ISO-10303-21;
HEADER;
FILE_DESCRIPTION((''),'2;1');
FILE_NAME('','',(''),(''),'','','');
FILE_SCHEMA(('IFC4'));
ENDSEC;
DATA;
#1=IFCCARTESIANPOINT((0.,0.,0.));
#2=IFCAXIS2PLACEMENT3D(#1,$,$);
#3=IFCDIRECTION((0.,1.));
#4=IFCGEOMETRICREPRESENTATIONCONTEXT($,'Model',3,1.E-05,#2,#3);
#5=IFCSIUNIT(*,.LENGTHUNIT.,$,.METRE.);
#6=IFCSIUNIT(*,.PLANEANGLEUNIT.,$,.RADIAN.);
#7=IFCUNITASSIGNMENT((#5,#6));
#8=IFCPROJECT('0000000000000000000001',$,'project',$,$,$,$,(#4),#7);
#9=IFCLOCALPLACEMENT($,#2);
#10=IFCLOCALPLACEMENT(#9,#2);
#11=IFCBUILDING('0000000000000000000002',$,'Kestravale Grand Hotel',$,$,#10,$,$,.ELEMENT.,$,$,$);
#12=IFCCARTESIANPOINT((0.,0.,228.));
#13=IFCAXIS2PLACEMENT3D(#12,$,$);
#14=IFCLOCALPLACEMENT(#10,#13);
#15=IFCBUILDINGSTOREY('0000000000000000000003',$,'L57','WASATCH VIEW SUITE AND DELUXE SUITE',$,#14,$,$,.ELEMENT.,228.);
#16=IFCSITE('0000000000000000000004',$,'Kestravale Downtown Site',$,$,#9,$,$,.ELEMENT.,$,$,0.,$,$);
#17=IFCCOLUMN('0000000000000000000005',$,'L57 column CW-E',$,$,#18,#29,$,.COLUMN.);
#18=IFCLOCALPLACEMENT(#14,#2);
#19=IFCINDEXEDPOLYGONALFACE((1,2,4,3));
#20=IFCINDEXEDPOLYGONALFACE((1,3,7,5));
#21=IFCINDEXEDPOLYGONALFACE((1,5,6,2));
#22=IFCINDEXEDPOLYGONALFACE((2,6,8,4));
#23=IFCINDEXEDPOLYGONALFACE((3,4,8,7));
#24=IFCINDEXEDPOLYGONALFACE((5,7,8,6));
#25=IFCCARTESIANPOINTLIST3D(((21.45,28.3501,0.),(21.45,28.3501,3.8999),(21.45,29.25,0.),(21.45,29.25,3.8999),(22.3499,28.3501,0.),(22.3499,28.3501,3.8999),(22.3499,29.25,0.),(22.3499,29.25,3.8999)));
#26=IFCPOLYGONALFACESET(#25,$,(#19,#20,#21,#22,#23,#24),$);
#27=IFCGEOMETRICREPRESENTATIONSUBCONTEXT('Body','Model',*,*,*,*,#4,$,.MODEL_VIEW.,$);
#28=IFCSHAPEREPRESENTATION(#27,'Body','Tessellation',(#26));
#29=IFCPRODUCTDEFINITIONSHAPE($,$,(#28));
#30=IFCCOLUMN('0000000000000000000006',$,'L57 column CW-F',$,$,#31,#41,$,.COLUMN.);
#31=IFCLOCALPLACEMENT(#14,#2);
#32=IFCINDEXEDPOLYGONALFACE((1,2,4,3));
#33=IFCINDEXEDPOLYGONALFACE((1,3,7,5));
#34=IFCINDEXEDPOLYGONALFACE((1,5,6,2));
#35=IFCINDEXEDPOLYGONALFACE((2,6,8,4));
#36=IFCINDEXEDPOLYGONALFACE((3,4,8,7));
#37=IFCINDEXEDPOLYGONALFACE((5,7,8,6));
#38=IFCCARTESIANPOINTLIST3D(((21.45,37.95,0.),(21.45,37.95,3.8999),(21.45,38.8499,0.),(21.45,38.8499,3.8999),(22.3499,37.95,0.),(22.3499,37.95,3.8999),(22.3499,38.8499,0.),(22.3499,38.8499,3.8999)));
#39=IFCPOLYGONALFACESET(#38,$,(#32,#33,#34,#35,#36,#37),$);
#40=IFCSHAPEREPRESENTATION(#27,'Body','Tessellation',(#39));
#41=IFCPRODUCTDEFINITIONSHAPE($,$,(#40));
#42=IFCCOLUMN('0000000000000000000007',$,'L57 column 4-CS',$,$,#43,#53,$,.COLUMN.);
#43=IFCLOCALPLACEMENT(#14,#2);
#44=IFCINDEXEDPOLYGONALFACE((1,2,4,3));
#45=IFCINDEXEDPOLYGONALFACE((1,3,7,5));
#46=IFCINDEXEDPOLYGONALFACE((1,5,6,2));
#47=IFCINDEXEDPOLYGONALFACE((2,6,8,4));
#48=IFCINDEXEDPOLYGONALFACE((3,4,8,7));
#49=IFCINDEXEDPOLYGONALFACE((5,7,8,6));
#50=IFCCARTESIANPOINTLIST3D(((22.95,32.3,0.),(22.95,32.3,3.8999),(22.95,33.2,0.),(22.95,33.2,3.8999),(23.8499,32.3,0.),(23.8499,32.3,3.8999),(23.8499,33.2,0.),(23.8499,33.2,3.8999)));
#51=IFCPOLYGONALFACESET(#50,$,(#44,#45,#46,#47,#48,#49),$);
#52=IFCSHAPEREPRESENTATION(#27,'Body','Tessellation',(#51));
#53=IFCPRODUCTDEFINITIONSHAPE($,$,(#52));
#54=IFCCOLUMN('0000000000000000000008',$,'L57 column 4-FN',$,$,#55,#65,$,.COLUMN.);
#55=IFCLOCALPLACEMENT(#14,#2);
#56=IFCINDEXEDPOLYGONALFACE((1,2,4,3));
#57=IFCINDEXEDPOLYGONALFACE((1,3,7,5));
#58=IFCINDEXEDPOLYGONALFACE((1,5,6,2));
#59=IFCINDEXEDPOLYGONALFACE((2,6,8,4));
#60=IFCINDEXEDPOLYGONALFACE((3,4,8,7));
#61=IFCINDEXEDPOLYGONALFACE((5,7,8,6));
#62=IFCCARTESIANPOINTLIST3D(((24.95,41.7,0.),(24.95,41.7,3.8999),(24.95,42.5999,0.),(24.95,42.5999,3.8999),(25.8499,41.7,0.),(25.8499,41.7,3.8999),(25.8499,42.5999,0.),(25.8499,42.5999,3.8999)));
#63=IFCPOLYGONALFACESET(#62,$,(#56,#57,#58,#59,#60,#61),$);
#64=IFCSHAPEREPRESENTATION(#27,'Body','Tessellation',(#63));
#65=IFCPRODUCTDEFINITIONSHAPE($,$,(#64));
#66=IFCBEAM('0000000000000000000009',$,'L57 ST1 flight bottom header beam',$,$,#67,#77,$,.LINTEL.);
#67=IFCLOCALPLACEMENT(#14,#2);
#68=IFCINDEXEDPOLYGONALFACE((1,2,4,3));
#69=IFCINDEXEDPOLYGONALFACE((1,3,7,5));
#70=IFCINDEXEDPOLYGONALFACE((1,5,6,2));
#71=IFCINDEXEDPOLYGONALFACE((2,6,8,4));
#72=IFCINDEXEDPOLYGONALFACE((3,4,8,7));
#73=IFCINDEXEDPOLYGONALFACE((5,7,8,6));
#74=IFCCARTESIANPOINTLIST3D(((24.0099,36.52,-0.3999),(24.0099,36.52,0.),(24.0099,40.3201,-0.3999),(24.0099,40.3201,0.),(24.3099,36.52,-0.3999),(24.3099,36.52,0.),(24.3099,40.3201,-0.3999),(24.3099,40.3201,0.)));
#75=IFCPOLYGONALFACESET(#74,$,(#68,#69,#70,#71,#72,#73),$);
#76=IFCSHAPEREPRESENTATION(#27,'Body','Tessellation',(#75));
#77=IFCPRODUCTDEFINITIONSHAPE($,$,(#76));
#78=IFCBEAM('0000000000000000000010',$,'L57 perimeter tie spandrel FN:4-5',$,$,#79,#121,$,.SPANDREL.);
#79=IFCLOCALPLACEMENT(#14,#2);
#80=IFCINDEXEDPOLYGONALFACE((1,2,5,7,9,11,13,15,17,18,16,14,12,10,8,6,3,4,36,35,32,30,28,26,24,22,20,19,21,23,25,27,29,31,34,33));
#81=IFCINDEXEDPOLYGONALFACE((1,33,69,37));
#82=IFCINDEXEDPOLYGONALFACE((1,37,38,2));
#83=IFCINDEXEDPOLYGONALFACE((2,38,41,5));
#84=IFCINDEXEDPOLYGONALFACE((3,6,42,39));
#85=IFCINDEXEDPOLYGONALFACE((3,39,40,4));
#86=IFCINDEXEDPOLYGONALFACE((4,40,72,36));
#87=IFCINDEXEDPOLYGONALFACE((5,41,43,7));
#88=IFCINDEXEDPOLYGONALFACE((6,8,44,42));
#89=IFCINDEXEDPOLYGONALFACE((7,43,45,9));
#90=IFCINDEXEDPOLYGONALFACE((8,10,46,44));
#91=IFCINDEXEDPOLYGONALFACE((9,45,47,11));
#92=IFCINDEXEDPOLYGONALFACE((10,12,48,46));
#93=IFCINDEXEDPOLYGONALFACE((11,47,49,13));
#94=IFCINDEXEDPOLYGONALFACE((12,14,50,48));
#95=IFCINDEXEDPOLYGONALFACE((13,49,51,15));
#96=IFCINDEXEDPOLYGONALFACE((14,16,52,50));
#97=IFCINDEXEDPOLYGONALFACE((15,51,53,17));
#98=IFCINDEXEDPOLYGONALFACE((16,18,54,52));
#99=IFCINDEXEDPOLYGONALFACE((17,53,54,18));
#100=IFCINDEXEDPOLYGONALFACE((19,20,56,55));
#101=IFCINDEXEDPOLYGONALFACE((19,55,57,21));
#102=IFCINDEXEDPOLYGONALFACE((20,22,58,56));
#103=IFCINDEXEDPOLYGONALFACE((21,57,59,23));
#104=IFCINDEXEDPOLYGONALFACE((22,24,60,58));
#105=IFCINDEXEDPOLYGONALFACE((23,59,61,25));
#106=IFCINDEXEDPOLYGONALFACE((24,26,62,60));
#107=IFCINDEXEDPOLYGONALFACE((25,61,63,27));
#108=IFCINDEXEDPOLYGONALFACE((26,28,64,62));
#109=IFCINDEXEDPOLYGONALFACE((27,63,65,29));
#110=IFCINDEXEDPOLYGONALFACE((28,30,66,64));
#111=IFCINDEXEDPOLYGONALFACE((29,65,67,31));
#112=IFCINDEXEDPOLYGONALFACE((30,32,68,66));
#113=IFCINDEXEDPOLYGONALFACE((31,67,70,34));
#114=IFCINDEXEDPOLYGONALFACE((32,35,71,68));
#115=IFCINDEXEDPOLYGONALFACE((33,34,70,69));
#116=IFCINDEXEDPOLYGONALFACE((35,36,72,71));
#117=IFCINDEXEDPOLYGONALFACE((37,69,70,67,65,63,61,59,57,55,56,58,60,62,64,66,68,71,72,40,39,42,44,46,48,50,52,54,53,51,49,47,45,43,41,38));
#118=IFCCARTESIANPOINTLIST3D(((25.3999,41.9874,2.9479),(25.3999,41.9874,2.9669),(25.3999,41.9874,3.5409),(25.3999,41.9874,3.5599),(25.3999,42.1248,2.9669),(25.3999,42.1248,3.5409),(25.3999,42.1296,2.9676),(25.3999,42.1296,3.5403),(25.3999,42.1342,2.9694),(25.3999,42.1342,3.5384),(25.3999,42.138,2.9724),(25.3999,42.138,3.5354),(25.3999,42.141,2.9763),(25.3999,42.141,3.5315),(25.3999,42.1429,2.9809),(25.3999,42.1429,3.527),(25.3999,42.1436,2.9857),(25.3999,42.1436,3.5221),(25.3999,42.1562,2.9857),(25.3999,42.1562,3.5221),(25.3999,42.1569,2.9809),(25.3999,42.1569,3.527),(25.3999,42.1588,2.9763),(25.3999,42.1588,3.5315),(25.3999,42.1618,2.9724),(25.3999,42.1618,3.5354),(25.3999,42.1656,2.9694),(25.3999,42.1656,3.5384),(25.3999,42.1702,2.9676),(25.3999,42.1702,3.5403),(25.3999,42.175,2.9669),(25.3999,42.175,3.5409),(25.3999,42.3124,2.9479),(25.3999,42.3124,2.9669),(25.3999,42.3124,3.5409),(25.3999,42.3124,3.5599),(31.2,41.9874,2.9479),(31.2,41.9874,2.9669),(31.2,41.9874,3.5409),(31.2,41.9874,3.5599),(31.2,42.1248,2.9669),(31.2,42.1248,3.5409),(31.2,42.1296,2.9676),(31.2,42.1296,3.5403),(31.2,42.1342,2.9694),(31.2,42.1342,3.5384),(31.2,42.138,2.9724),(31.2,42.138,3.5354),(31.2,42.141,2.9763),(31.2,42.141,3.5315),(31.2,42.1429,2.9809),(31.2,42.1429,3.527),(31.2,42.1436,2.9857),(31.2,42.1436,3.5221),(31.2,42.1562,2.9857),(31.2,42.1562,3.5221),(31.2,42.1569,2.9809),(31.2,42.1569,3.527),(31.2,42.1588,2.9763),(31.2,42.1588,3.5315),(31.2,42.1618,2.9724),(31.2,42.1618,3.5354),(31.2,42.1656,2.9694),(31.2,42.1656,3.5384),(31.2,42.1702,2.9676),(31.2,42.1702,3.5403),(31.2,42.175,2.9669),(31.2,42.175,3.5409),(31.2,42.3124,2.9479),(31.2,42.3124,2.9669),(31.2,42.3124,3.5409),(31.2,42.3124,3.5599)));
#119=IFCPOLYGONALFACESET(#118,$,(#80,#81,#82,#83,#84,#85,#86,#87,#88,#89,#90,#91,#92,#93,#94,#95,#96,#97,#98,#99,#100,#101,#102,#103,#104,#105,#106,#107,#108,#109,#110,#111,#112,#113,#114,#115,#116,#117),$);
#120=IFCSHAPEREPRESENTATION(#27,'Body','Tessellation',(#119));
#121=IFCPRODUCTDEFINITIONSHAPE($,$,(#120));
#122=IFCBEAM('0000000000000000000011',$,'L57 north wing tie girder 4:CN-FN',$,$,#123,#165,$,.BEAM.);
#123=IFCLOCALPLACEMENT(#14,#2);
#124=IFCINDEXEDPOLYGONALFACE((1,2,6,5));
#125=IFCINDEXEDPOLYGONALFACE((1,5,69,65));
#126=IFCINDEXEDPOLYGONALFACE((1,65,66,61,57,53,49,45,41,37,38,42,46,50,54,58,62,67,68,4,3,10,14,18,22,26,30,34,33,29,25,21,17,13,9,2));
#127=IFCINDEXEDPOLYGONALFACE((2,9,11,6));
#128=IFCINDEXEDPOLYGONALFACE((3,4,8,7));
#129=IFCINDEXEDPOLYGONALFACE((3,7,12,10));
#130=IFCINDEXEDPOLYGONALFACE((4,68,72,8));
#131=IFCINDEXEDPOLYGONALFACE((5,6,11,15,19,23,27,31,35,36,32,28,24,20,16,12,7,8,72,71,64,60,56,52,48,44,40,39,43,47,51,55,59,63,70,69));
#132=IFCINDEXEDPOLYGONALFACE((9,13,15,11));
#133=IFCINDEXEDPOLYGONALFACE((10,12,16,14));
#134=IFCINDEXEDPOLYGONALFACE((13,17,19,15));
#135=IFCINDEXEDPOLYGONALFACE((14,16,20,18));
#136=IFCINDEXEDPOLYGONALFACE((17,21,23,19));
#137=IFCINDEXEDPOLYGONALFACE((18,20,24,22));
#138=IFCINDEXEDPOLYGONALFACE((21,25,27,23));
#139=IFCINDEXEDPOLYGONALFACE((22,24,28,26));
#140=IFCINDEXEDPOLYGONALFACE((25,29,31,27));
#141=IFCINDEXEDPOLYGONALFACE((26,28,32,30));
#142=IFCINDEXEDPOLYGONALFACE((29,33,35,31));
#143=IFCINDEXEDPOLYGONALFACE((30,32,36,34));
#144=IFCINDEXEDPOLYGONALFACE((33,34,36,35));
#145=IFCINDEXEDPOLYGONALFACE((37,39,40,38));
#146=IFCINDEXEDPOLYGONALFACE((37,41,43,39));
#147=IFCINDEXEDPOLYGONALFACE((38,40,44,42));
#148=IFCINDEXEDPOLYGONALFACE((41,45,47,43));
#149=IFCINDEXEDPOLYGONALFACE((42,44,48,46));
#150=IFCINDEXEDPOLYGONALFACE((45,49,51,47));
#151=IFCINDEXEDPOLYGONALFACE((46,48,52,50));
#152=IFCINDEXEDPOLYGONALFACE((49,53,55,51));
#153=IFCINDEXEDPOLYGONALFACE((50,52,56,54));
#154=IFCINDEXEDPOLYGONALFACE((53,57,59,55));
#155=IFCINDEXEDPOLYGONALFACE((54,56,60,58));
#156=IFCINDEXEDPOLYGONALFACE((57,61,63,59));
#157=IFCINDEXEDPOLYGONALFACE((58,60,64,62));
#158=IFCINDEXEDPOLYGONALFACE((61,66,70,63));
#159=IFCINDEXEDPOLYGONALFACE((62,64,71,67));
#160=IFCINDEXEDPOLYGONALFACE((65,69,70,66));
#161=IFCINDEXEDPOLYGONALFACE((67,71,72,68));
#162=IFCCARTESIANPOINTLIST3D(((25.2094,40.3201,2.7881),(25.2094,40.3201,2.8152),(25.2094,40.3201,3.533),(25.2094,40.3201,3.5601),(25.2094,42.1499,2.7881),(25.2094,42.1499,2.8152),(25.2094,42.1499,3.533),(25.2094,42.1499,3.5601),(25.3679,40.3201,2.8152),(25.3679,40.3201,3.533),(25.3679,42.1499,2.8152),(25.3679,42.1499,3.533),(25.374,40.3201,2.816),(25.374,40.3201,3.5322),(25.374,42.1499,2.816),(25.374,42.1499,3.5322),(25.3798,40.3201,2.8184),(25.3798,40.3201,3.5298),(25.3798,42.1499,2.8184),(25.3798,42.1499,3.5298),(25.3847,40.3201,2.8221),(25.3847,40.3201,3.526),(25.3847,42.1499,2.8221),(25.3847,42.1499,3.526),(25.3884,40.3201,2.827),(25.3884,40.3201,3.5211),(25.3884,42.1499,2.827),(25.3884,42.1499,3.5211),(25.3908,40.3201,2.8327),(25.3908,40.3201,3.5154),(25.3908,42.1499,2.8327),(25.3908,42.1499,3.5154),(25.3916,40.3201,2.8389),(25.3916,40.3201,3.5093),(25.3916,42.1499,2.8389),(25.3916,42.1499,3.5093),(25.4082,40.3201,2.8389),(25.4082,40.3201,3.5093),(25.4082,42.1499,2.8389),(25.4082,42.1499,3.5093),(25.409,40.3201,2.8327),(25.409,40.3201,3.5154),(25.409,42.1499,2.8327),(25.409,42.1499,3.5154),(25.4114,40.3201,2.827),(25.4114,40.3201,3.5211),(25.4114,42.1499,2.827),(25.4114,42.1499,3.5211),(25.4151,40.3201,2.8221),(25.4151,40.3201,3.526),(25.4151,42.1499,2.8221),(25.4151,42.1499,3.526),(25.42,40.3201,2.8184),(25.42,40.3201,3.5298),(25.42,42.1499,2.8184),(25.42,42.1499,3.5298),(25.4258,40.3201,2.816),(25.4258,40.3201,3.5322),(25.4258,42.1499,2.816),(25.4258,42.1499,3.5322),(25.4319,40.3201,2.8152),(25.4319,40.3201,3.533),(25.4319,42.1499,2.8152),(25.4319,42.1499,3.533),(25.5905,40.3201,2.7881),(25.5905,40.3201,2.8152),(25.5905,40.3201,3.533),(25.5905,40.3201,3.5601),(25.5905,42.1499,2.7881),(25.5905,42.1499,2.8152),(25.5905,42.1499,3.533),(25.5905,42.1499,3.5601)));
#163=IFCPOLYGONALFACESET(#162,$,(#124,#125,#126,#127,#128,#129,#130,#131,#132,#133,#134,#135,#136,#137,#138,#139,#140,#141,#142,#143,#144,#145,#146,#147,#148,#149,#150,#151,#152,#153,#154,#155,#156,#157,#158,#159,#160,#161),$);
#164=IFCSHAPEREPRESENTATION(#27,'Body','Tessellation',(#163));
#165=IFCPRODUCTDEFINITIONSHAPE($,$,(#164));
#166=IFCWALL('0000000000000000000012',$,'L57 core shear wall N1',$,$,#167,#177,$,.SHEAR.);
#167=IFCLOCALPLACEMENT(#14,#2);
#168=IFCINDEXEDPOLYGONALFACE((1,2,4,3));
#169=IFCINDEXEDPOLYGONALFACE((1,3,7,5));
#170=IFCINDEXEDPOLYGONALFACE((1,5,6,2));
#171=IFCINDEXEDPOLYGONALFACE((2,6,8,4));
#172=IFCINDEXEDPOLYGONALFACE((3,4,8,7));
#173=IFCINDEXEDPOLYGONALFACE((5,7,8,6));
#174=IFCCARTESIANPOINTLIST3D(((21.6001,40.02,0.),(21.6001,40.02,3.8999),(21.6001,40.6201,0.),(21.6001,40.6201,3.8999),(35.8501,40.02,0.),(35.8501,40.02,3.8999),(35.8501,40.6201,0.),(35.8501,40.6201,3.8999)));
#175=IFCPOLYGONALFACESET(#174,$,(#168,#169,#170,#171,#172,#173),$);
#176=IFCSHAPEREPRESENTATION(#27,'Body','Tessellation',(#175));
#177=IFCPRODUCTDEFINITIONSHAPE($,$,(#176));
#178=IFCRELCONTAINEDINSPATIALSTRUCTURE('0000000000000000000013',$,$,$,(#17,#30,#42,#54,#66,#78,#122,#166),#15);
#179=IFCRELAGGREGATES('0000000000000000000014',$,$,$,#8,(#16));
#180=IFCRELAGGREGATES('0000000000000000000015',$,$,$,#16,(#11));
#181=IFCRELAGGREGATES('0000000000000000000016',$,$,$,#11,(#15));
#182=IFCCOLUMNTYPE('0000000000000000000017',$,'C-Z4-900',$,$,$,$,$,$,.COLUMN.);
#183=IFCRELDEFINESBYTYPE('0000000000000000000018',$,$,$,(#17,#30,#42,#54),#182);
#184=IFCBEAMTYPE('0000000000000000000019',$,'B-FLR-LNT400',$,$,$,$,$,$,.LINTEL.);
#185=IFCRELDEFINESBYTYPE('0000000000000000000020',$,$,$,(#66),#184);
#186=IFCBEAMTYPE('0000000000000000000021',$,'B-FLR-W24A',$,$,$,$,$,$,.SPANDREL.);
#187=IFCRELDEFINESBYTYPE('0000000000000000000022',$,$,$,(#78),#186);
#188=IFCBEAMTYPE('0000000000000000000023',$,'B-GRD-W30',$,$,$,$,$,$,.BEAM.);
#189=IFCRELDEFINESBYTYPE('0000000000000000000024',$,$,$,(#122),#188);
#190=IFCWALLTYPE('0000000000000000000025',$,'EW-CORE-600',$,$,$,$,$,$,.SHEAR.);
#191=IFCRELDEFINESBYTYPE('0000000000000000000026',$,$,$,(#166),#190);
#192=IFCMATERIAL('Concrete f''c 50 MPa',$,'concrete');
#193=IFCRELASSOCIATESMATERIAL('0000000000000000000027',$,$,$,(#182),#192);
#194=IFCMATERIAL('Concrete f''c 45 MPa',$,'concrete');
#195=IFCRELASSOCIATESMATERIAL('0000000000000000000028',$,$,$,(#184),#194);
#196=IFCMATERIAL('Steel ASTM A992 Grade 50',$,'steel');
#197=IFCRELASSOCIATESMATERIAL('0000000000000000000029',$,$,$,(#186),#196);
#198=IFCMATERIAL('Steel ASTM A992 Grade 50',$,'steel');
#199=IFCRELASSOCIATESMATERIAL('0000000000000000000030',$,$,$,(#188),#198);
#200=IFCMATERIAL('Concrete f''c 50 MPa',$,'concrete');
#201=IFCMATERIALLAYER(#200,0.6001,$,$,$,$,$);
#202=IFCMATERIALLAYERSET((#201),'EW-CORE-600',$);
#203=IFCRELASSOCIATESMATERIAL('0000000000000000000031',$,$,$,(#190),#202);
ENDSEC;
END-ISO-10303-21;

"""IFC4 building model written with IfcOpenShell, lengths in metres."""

from ifc_helpers import new_model, si_unit, direction, frame, frame_2d, origin, origin_2d, place, context, subcontext, project, spatial, rectangle, i_section, extrude, material, layer, layer_set, material_profile, profile_set, type_object, element, save


model = new_model("IFC4")

# Units and contexts
model_context = context("Model", 3, precision=1e-05, world=origin(), true_north=direction((0.0, 1.0)))
body_context = subcontext(model_context, "Body", "Model", "MODEL_VIEW")
ifc_project = project(units=[si_unit("LENGTHUNIT", "METRE"), si_unit("PLANEANGLEUNIT", "RADIAN")], contexts=[model_context])

# Site, building, storey
site_placement = place(None, origin())
site = spatial("IfcSite", under=ifc_project, at=site_placement, Name="Kestravale Downtown Site", CompositionType="ELEMENT", RefElevation=0.0)
building_placement = place(site_placement, origin())
building = spatial("IfcBuilding", under=site, at=building_placement, Name="Kestravale Grand Hotel", CompositionType="ELEMENT")
storey_placement = place(building_placement, frame((0.0, 0.0, 228.0)))
storey = spatial("IfcBuildingStorey", under=building, at=storey_placement, Name="L57", Description="WASATCH VIEW SUITE AND DELUXE SUITE", CompositionType="ELEMENT", Elevation=228.0)

# Columns
ifc_material_1 = material(Name="Concrete f'c 50 MPa", Category="concrete")
ifc_material_profile_1 = material_profile(ifc_material_1, rectangle(XDim=0.8999, YDim=0.8999, at=origin_2d()))
ifc_profile_set_1 = profile_set([ifc_material_profile_1], Name="Concrete f'c 50 MPa")
column_type = type_object("IfcColumnType", Name="C-Z4-900", PredefinedType="COLUMN", material=ifc_profile_set_1)
for number, where, z_axis, x_axis, name in (
    (1, (21.8999, 28.8, 0.0), (0.0, 0.0, 1.0), (1.0, 0.0, 0.0), "L57 column CW-E"),
    (2, (21.8999, 38.3999, 0.0), (0.0, 0.0, 1.0), (1.0, 0.0, 0.0), "L57 column CW-F"),
    (3, (23.3999, 32.75, 0.0), (0.0, 0.0, 1.0), (1.0, 0.0, 0.0), "L57 column 4-CS"),
    (4, (25.3999, 42.1499, 0.0), (0.0, 0.0, 1.0), (1.0, 0.0, 0.0), "L57 column 4-FN"),
):
    element("IfcColumn", number, at=place(storey_placement, frame(where, z_axis=z_axis, x_axis=x_axis)), inside=storey, type_object=column_type, Name=name, PredefinedType="COLUMN", context=body_context, shape_type="SweptSolid", body=[
        extrude(rectangle(XDim=0.8999, YDim=0.8999, at=origin_2d()), origin(), (0.0, 0.0, 1.0), 3.8999),
    ])

# Beams
ifc_material_2 = material(Name="Concrete f'c 45 MPa", Category="concrete")
ifc_material_profile_2 = material_profile(ifc_material_2, rectangle(XDim=0.3, YDim=0.3999, at=origin_2d()))
ifc_profile_set_2 = profile_set([ifc_material_profile_2], Name="Concrete f'c 45 MPa")
beam_type_1 = type_object("IfcBeamType", Name="B-FLR-LNT400", PredefinedType="LINTEL", material=ifc_profile_set_2)
beam_1_placement = place(storey_placement, frame((24.1599, 36.52, -0.2), z_axis=(0.0, 1.0, 0.0), x_axis=(-1.0, 0.0, 0.0)))
element("IfcBeam", 5, at=beam_1_placement, inside=storey, type_object=beam_type_1, Name="L57 ST1 flight bottom header beam", PredefinedType="LINTEL", context=body_context, shape_type="SweptSolid", body=[
    extrude(rectangle(XDim=0.3, YDim=0.3999, at=origin_2d()), origin(), (0.0, 0.0, 1.0), 3.8),
])
ifc_material_3 = material(Name="Steel ASTM A992 Grade 50", Category="steel")
ifc_material_profile_3 = material_profile(ifc_material_3, i_section(OverallWidth=0.325, OverallDepth=0.6121, WebThickness=0.0127, FlangeThickness=0.019, FilletRadius=0.0188, at=origin_2d()))
ifc_profile_set_3 = profile_set([ifc_material_profile_3], Name="Steel ASTM A992 Grade 50")
beam_type_2 = type_object("IfcBeamType", Name="B-FLR-W24A", PredefinedType="SPANDREL", material=ifc_profile_set_3)
beam_2_placement = place(storey_placement, frame((25.3999, 42.1499, 3.2539), z_axis=(1.0, 0.0, 0.0), x_axis=(0.0, 1.0, 0.0)))
element("IfcBeam", 6, at=beam_2_placement, inside=storey, type_object=beam_type_2, Name="L57 perimeter tie spandrel FN:4-5", PredefinedType="SPANDREL", context=body_context, shape_type="SweptSolid", body=[
    extrude(i_section(OverallWidth=0.325, OverallDepth=0.6121, WebThickness=0.0127, FlangeThickness=0.019, FilletRadius=0.0188, at=origin_2d()), origin(), (0.0, 0.0, 1.0), 5.8),
])
ifc_material_4 = material(Name="Steel ASTM A992 Grade 50", Category="steel")
ifc_material_profile_4 = material_profile(ifc_material_4, i_section(OverallWidth=0.3811, OverallDepth=0.772, WebThickness=0.0166, FlangeThickness=0.0271, FilletRadius=0.0237, at=origin_2d()))
ifc_profile_set_4 = profile_set([ifc_material_profile_4], Name="Steel ASTM A992 Grade 50")
beam_type_3 = type_object("IfcBeamType", Name="B-GRD-W30", PredefinedType="BEAM", material=ifc_profile_set_4)
beam_3_placement = place(storey_placement, frame((25.3999, 40.3201, 3.1741), z_axis=(0.0, 1.0, 0.0), x_axis=(-1.0, 0.0, 0.0)))
element("IfcBeam", 7, at=beam_3_placement, inside=storey, type_object=beam_type_3, Name="L57 north wing tie girder 4:CN-FN", PredefinedType="BEAM", context=body_context, shape_type="SweptSolid", body=[
    extrude(i_section(OverallWidth=0.3811, OverallDepth=0.772, WebThickness=0.0166, FlangeThickness=0.0271, FilletRadius=0.0237, at=origin_2d()), origin(), (0.0, 0.0, 1.0), 1.8298),
])

# Wall
ifc_material_5 = material(Name="Concrete f'c 50 MPa", Category="concrete")
ifc_layer_1 = layer(ifc_material_5, 0.6001)
ifc_layer_set_1 = layer_set([ifc_layer_1], Name="EW-CORE-600")
wall_type_1 = type_object("IfcWallType", Name="EW-CORE-600", PredefinedType="SHEAR", material=ifc_layer_set_1)
wall_1_placement = place(storey_placement, frame((21.6001, 40.3201, 0.0), z_axis=(0.0, 0.0, 1.0), x_axis=(1.0, 0.0, 0.0)))
element("IfcWall", 8, at=wall_1_placement, inside=storey, type_object=wall_type_1, Name="L57 core shear wall N1", PredefinedType="SHEAR", context=body_context, shape_type="SweptSolid", body=[
    extrude(rectangle(XDim=14.25, YDim=0.6001, at=frame_2d((7.125, 0.0))), origin(), (0.0, 0.0, 1.0), 3.8999),
])

save(model, "model.ifc")
